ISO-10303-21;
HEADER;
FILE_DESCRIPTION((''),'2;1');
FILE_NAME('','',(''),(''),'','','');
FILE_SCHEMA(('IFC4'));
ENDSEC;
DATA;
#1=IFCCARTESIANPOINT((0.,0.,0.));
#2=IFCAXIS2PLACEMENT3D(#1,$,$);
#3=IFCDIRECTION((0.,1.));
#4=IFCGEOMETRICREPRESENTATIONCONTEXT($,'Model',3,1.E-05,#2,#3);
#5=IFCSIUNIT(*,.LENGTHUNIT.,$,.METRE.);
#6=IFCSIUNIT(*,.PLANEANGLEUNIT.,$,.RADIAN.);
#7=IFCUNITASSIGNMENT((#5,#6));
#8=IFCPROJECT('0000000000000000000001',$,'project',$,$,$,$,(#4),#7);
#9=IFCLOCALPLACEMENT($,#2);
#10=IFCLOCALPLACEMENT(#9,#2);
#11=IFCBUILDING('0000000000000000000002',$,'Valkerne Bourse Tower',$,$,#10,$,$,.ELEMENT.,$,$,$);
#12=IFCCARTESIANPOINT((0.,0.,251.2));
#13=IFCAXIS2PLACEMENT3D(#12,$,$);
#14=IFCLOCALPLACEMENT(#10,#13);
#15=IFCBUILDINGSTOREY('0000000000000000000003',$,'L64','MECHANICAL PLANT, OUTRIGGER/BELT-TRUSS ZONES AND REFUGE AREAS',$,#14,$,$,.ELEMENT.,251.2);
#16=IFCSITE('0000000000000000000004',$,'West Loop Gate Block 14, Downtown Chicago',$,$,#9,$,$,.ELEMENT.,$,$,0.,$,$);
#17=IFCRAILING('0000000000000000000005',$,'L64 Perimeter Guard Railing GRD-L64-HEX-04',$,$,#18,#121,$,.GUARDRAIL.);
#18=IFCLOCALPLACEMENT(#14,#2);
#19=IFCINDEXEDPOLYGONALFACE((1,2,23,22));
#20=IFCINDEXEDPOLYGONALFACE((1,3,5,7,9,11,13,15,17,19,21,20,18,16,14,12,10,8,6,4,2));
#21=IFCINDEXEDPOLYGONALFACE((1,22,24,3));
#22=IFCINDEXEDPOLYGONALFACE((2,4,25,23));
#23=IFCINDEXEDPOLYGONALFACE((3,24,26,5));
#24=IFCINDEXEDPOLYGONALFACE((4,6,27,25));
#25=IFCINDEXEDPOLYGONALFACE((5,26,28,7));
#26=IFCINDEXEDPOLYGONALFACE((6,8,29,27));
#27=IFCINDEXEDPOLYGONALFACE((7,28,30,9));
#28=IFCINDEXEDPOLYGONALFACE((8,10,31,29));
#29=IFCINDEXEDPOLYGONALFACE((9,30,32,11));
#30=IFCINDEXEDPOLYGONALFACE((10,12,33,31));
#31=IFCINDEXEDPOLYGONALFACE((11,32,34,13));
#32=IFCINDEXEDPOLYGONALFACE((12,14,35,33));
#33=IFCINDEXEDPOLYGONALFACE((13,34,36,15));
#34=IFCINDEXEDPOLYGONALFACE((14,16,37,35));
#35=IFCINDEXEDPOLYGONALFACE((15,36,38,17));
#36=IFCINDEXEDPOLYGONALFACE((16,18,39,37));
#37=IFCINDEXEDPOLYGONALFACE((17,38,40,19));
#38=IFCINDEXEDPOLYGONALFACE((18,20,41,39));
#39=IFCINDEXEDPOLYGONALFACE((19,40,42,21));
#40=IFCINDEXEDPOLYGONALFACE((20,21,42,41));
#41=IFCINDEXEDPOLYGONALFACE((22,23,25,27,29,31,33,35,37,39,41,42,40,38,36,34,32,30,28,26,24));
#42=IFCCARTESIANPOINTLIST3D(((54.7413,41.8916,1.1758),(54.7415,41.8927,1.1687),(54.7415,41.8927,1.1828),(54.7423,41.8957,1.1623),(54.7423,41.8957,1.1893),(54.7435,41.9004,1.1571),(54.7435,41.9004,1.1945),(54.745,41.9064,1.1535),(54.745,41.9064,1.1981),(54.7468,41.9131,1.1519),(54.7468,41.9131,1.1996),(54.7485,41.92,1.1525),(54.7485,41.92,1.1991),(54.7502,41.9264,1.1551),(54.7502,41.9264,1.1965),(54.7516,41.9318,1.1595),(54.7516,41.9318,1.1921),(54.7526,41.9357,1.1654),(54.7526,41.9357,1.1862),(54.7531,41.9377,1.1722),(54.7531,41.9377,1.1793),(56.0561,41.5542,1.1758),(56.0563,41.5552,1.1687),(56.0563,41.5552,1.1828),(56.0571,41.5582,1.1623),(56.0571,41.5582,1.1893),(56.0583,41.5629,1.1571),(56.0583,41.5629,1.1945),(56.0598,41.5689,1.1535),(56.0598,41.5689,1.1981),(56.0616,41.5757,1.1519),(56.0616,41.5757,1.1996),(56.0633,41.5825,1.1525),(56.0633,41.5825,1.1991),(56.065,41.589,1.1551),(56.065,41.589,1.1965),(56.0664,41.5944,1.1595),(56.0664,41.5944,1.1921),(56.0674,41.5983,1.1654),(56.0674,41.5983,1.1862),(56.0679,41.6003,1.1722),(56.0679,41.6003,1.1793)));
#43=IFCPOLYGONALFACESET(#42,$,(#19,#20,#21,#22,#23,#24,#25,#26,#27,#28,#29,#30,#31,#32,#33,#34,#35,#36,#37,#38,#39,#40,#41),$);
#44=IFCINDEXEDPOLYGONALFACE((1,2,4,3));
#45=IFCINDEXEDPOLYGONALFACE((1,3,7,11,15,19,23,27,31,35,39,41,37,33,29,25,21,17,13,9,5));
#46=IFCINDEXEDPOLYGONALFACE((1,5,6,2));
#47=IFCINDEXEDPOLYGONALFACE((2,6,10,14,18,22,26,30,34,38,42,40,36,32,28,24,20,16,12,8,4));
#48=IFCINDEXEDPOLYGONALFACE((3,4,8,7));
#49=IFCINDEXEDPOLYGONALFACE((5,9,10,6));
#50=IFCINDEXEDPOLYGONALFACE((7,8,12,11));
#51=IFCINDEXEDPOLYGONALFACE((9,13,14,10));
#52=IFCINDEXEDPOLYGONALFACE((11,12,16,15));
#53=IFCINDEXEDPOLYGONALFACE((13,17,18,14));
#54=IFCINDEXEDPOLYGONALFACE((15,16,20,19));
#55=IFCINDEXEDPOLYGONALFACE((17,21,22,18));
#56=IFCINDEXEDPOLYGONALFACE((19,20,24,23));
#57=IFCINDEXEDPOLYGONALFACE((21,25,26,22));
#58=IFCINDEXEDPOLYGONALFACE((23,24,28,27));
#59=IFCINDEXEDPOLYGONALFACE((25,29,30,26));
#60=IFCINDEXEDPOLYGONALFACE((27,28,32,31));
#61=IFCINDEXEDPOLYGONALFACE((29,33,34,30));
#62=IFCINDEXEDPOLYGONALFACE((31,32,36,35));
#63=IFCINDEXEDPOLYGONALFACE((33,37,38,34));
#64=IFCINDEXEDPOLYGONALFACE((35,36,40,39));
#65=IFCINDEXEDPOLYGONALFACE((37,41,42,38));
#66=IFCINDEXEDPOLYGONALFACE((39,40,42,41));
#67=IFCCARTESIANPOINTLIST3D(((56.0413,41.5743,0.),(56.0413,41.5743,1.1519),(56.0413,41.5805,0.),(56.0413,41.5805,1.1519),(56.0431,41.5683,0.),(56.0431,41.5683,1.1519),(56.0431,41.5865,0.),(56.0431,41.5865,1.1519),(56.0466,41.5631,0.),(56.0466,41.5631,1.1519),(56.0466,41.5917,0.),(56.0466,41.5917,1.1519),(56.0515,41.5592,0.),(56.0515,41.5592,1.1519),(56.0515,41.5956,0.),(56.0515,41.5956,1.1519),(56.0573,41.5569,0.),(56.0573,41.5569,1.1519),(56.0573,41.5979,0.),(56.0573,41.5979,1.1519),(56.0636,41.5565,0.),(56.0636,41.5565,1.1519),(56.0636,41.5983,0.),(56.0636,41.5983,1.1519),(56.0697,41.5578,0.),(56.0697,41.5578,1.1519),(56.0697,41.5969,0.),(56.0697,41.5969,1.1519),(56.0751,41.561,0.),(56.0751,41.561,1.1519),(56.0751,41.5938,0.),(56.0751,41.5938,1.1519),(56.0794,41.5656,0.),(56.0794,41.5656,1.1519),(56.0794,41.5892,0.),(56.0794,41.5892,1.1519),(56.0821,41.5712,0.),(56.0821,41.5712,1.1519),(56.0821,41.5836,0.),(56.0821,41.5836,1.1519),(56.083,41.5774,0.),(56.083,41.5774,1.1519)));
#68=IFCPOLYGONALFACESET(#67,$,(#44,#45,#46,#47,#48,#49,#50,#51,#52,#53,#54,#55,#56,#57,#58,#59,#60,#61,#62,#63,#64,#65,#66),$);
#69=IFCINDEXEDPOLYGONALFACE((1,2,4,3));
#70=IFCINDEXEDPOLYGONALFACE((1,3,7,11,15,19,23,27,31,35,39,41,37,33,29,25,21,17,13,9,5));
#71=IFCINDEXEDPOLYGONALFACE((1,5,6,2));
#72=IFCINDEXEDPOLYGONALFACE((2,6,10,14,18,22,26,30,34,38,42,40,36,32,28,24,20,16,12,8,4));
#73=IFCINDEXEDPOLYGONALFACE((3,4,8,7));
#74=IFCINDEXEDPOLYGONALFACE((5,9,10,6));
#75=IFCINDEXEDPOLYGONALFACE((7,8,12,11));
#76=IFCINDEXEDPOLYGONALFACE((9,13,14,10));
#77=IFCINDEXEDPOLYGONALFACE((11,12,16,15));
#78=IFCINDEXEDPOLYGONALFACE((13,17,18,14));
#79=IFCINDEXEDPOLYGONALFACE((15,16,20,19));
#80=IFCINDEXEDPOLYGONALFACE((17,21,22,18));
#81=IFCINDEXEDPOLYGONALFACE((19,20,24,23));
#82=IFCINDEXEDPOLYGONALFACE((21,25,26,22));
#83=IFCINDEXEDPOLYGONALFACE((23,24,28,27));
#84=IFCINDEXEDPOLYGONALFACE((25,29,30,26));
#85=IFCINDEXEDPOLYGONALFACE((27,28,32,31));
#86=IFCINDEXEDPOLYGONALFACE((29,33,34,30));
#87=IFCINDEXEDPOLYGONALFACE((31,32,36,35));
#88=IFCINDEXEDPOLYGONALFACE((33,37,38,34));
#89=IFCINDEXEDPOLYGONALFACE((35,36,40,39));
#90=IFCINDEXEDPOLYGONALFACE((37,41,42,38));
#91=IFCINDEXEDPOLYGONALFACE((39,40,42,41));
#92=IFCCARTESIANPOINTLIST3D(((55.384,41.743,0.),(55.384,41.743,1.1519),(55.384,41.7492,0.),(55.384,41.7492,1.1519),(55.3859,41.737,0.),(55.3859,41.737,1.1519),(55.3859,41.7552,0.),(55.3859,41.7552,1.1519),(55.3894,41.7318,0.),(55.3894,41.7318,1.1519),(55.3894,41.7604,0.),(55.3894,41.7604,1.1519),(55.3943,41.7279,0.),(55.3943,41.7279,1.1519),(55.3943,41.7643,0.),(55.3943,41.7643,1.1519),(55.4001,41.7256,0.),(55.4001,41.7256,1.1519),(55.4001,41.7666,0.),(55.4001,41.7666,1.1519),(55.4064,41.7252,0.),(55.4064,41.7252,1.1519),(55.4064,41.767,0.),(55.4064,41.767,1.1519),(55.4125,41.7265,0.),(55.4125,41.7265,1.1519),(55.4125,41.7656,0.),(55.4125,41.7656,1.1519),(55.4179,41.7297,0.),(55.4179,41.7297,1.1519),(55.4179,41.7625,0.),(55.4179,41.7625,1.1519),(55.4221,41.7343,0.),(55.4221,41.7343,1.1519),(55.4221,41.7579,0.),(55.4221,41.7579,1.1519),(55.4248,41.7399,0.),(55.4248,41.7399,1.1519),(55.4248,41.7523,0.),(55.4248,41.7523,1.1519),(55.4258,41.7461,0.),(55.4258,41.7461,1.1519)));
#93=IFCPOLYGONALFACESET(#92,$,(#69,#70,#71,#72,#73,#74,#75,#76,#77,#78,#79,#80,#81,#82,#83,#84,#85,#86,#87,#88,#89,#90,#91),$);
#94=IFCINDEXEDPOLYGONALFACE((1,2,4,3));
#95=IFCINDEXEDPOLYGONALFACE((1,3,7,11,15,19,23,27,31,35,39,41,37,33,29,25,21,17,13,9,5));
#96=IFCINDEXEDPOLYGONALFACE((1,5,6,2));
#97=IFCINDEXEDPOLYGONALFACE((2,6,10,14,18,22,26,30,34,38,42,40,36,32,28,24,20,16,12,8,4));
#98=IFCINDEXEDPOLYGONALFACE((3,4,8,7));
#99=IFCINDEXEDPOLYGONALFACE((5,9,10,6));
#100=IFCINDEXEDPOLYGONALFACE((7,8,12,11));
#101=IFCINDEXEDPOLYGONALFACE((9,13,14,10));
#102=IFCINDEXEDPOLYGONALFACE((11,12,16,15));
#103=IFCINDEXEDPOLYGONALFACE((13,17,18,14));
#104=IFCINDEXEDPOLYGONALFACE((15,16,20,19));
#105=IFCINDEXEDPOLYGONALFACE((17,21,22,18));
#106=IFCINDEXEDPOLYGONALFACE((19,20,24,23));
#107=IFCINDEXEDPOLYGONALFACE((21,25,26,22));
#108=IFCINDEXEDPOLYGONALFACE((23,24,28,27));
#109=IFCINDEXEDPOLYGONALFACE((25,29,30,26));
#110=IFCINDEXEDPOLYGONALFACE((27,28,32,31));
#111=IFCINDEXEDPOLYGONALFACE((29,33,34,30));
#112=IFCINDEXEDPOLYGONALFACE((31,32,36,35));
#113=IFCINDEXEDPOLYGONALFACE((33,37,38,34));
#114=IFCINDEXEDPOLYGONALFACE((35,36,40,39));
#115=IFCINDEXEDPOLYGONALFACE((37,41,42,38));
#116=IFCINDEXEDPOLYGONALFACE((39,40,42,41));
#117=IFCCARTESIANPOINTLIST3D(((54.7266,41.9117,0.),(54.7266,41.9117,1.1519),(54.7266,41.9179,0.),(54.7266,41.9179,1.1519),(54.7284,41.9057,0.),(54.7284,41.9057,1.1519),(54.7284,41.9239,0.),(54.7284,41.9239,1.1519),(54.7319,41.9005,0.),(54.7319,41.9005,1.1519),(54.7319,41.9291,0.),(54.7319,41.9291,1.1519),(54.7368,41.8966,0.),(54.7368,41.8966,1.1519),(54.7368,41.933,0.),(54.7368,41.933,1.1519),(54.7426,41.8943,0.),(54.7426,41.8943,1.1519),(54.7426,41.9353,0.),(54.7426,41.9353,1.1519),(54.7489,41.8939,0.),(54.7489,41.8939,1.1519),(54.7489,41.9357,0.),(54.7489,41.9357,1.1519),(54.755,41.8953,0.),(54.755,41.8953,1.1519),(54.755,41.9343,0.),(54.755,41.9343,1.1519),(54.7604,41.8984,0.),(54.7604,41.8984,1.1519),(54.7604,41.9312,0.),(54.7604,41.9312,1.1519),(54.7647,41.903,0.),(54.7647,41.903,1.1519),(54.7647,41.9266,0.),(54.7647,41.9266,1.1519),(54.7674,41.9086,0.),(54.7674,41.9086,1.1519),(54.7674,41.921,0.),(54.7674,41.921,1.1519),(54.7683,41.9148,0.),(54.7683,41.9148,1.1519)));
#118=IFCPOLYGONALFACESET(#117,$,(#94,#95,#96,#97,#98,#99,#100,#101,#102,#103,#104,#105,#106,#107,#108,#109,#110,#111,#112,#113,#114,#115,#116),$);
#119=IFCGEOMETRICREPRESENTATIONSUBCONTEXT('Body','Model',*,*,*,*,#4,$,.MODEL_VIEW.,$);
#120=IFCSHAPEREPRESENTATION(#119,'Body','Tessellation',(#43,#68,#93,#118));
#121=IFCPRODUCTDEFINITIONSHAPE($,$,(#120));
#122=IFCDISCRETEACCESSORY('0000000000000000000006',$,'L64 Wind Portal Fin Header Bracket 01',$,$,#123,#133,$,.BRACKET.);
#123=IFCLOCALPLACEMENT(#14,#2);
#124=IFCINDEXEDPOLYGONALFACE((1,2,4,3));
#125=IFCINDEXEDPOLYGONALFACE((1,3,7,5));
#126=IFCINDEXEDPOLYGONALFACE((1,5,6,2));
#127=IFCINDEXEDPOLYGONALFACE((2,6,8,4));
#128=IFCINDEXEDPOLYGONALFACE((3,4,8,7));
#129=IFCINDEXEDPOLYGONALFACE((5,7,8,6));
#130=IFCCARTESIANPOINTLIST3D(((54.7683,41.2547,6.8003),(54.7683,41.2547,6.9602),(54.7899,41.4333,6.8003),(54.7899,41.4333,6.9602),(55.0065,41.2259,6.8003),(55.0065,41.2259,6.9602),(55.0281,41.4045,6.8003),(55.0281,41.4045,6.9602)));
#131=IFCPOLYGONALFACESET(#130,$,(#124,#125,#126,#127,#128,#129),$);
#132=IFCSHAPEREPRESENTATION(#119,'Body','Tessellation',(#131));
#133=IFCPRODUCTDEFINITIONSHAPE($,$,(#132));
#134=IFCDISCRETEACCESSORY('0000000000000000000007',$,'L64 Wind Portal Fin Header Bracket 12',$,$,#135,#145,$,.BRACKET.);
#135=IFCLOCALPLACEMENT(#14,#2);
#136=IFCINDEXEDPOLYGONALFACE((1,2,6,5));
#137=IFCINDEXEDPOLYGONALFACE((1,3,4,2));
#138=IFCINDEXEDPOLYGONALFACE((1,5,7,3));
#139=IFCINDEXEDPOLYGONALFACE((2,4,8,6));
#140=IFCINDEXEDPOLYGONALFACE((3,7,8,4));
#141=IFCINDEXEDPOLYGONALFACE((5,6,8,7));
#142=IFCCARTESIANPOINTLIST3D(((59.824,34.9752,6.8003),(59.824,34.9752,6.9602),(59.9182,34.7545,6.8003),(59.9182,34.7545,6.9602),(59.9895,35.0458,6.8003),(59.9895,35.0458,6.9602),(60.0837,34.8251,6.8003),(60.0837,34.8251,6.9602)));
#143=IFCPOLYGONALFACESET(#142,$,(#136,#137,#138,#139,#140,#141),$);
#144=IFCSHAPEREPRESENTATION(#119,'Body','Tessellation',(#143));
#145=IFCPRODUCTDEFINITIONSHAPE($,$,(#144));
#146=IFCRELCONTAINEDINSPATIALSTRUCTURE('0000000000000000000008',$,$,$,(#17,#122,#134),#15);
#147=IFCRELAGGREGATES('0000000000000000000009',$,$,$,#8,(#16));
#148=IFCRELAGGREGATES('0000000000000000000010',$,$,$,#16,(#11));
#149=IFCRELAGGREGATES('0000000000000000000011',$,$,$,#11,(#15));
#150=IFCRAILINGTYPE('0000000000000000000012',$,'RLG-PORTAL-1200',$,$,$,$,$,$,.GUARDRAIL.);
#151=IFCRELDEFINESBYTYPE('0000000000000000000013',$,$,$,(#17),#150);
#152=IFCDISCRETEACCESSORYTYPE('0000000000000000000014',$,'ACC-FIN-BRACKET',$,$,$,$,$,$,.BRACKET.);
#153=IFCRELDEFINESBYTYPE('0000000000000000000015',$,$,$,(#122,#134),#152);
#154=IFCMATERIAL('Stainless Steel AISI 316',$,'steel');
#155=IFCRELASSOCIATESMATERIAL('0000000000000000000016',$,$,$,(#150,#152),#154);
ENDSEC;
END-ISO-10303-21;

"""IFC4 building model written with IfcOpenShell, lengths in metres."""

from ifc_helpers import new_model, si_unit, direction, frame, origin, origin_2d, place, context, subcontext, project, spatial, rectangle, circle, extrude, material, type_object, element, save


model = new_model("IFC4")

# Units and contexts
model_context = context("Model", 3, precision=1e-05, world=origin(), true_north=direction((0.0, 1.0)))
body_context = subcontext(model_context, "Body", "Model", "MODEL_VIEW")
ifc_project = project(units=[si_unit("LENGTHUNIT", "METRE"), si_unit("PLANEANGLEUNIT", "RADIAN")], contexts=[model_context])

# Site, building, storey
site_placement = place(None, origin())
site = spatial("IfcSite", under=ifc_project, at=site_placement, Name="West Loop Gate Block 14, Downtown Chicago", CompositionType="ELEMENT", RefElevation=0.0)
building_placement = place(site_placement, origin())
building = spatial("IfcBuilding", under=site, at=building_placement, Name="Valkerne Bourse Tower", CompositionType="ELEMENT")
storey_placement = place(building_placement, frame((0.0, 0.0, 251.2)))
storey = spatial("IfcBuildingStorey", under=building, at=storey_placement, Name="L64", Description="MECHANICAL PLANT, OUTRIGGER/BELT-TRUSS ZONES AND REFUGE AREAS", CompositionType="ELEMENT", Elevation=251.2)

# Railing
ifc_material_1 = material(Name="Stainless Steel AISI 316", Category="steel")
railing_type = type_object("IfcRailingType", Name="RLG-PORTAL-1200", PredefinedType="GUARDRAIL", material=ifc_material_1)
railing_1_placement = place(storey_placement, frame((56.062, 41.5774, 0.0)))
element("IfcRailing", 1, at=railing_1_placement, inside=storey, type_object=railing_type, Name="L64 Perimeter Guard Railing GRD-L64-HEX-04", PredefinedType="GUARDRAIL", context=body_context, shape_type="SweptSolid", body=[
    extrude(circle(Radius=0.0239, at=origin_2d()), frame((0.0, 0.0, 1.1758), z_axis=(-0.968611, 0.248583, 0.0), x_axis=(-0.248583, -0.968611, 0.0)), (0.0, 0.0, 1.0), 1.3574),
    extrude(circle(Radius=0.021, at=origin_2d()), origin(), (0.0, 0.0, 1.0), 1.1519),
    extrude(circle(Radius=0.021, at=origin_2d()), frame((-0.6572, 0.1687, 0.0)), (0.0, 0.0, 1.0), 1.1519),
    extrude(circle(Radius=0.021, at=origin_2d()), frame((-1.3147, 0.3374, 0.0)), (0.0, 0.0, 1.0), 1.1519),
])

# Discrete accessories
discrete_accessory_type = type_object("IfcDiscreteAccessoryType", Name="ACC-FIN-BRACKET", PredefinedType="BRACKET", material=ifc_material_1)
for number, where, z_axis, x_axis, name in (
    (2, (54.8982, 41.3296, 6.8003), (0.0, 0.0, 1.0), (-0.992757, 0.120137, 0.0), "L64 Wind Portal Fin Header Bracket 01"),
    (3, (59.9539, 34.9001, 6.8003), (0.0, 0.0, 1.0), (-0.392337, 0.919821, 0.0), "L64 Wind Portal Fin Header Bracket 12"),
):
    element("IfcDiscreteAccessory", number, at=place(storey_placement, frame(where, z_axis=z_axis, x_axis=x_axis)), inside=storey, type_object=discrete_accessory_type, Name=name, PredefinedType="BRACKET", context=body_context, shape_type="SweptSolid", body=[
        extrude(rectangle(XDim=0.24, YDim=0.1799, at=origin_2d()), origin(), (0.0, 0.0, 1.0), 0.1599),
    ])

save(model, "model.ifc")
